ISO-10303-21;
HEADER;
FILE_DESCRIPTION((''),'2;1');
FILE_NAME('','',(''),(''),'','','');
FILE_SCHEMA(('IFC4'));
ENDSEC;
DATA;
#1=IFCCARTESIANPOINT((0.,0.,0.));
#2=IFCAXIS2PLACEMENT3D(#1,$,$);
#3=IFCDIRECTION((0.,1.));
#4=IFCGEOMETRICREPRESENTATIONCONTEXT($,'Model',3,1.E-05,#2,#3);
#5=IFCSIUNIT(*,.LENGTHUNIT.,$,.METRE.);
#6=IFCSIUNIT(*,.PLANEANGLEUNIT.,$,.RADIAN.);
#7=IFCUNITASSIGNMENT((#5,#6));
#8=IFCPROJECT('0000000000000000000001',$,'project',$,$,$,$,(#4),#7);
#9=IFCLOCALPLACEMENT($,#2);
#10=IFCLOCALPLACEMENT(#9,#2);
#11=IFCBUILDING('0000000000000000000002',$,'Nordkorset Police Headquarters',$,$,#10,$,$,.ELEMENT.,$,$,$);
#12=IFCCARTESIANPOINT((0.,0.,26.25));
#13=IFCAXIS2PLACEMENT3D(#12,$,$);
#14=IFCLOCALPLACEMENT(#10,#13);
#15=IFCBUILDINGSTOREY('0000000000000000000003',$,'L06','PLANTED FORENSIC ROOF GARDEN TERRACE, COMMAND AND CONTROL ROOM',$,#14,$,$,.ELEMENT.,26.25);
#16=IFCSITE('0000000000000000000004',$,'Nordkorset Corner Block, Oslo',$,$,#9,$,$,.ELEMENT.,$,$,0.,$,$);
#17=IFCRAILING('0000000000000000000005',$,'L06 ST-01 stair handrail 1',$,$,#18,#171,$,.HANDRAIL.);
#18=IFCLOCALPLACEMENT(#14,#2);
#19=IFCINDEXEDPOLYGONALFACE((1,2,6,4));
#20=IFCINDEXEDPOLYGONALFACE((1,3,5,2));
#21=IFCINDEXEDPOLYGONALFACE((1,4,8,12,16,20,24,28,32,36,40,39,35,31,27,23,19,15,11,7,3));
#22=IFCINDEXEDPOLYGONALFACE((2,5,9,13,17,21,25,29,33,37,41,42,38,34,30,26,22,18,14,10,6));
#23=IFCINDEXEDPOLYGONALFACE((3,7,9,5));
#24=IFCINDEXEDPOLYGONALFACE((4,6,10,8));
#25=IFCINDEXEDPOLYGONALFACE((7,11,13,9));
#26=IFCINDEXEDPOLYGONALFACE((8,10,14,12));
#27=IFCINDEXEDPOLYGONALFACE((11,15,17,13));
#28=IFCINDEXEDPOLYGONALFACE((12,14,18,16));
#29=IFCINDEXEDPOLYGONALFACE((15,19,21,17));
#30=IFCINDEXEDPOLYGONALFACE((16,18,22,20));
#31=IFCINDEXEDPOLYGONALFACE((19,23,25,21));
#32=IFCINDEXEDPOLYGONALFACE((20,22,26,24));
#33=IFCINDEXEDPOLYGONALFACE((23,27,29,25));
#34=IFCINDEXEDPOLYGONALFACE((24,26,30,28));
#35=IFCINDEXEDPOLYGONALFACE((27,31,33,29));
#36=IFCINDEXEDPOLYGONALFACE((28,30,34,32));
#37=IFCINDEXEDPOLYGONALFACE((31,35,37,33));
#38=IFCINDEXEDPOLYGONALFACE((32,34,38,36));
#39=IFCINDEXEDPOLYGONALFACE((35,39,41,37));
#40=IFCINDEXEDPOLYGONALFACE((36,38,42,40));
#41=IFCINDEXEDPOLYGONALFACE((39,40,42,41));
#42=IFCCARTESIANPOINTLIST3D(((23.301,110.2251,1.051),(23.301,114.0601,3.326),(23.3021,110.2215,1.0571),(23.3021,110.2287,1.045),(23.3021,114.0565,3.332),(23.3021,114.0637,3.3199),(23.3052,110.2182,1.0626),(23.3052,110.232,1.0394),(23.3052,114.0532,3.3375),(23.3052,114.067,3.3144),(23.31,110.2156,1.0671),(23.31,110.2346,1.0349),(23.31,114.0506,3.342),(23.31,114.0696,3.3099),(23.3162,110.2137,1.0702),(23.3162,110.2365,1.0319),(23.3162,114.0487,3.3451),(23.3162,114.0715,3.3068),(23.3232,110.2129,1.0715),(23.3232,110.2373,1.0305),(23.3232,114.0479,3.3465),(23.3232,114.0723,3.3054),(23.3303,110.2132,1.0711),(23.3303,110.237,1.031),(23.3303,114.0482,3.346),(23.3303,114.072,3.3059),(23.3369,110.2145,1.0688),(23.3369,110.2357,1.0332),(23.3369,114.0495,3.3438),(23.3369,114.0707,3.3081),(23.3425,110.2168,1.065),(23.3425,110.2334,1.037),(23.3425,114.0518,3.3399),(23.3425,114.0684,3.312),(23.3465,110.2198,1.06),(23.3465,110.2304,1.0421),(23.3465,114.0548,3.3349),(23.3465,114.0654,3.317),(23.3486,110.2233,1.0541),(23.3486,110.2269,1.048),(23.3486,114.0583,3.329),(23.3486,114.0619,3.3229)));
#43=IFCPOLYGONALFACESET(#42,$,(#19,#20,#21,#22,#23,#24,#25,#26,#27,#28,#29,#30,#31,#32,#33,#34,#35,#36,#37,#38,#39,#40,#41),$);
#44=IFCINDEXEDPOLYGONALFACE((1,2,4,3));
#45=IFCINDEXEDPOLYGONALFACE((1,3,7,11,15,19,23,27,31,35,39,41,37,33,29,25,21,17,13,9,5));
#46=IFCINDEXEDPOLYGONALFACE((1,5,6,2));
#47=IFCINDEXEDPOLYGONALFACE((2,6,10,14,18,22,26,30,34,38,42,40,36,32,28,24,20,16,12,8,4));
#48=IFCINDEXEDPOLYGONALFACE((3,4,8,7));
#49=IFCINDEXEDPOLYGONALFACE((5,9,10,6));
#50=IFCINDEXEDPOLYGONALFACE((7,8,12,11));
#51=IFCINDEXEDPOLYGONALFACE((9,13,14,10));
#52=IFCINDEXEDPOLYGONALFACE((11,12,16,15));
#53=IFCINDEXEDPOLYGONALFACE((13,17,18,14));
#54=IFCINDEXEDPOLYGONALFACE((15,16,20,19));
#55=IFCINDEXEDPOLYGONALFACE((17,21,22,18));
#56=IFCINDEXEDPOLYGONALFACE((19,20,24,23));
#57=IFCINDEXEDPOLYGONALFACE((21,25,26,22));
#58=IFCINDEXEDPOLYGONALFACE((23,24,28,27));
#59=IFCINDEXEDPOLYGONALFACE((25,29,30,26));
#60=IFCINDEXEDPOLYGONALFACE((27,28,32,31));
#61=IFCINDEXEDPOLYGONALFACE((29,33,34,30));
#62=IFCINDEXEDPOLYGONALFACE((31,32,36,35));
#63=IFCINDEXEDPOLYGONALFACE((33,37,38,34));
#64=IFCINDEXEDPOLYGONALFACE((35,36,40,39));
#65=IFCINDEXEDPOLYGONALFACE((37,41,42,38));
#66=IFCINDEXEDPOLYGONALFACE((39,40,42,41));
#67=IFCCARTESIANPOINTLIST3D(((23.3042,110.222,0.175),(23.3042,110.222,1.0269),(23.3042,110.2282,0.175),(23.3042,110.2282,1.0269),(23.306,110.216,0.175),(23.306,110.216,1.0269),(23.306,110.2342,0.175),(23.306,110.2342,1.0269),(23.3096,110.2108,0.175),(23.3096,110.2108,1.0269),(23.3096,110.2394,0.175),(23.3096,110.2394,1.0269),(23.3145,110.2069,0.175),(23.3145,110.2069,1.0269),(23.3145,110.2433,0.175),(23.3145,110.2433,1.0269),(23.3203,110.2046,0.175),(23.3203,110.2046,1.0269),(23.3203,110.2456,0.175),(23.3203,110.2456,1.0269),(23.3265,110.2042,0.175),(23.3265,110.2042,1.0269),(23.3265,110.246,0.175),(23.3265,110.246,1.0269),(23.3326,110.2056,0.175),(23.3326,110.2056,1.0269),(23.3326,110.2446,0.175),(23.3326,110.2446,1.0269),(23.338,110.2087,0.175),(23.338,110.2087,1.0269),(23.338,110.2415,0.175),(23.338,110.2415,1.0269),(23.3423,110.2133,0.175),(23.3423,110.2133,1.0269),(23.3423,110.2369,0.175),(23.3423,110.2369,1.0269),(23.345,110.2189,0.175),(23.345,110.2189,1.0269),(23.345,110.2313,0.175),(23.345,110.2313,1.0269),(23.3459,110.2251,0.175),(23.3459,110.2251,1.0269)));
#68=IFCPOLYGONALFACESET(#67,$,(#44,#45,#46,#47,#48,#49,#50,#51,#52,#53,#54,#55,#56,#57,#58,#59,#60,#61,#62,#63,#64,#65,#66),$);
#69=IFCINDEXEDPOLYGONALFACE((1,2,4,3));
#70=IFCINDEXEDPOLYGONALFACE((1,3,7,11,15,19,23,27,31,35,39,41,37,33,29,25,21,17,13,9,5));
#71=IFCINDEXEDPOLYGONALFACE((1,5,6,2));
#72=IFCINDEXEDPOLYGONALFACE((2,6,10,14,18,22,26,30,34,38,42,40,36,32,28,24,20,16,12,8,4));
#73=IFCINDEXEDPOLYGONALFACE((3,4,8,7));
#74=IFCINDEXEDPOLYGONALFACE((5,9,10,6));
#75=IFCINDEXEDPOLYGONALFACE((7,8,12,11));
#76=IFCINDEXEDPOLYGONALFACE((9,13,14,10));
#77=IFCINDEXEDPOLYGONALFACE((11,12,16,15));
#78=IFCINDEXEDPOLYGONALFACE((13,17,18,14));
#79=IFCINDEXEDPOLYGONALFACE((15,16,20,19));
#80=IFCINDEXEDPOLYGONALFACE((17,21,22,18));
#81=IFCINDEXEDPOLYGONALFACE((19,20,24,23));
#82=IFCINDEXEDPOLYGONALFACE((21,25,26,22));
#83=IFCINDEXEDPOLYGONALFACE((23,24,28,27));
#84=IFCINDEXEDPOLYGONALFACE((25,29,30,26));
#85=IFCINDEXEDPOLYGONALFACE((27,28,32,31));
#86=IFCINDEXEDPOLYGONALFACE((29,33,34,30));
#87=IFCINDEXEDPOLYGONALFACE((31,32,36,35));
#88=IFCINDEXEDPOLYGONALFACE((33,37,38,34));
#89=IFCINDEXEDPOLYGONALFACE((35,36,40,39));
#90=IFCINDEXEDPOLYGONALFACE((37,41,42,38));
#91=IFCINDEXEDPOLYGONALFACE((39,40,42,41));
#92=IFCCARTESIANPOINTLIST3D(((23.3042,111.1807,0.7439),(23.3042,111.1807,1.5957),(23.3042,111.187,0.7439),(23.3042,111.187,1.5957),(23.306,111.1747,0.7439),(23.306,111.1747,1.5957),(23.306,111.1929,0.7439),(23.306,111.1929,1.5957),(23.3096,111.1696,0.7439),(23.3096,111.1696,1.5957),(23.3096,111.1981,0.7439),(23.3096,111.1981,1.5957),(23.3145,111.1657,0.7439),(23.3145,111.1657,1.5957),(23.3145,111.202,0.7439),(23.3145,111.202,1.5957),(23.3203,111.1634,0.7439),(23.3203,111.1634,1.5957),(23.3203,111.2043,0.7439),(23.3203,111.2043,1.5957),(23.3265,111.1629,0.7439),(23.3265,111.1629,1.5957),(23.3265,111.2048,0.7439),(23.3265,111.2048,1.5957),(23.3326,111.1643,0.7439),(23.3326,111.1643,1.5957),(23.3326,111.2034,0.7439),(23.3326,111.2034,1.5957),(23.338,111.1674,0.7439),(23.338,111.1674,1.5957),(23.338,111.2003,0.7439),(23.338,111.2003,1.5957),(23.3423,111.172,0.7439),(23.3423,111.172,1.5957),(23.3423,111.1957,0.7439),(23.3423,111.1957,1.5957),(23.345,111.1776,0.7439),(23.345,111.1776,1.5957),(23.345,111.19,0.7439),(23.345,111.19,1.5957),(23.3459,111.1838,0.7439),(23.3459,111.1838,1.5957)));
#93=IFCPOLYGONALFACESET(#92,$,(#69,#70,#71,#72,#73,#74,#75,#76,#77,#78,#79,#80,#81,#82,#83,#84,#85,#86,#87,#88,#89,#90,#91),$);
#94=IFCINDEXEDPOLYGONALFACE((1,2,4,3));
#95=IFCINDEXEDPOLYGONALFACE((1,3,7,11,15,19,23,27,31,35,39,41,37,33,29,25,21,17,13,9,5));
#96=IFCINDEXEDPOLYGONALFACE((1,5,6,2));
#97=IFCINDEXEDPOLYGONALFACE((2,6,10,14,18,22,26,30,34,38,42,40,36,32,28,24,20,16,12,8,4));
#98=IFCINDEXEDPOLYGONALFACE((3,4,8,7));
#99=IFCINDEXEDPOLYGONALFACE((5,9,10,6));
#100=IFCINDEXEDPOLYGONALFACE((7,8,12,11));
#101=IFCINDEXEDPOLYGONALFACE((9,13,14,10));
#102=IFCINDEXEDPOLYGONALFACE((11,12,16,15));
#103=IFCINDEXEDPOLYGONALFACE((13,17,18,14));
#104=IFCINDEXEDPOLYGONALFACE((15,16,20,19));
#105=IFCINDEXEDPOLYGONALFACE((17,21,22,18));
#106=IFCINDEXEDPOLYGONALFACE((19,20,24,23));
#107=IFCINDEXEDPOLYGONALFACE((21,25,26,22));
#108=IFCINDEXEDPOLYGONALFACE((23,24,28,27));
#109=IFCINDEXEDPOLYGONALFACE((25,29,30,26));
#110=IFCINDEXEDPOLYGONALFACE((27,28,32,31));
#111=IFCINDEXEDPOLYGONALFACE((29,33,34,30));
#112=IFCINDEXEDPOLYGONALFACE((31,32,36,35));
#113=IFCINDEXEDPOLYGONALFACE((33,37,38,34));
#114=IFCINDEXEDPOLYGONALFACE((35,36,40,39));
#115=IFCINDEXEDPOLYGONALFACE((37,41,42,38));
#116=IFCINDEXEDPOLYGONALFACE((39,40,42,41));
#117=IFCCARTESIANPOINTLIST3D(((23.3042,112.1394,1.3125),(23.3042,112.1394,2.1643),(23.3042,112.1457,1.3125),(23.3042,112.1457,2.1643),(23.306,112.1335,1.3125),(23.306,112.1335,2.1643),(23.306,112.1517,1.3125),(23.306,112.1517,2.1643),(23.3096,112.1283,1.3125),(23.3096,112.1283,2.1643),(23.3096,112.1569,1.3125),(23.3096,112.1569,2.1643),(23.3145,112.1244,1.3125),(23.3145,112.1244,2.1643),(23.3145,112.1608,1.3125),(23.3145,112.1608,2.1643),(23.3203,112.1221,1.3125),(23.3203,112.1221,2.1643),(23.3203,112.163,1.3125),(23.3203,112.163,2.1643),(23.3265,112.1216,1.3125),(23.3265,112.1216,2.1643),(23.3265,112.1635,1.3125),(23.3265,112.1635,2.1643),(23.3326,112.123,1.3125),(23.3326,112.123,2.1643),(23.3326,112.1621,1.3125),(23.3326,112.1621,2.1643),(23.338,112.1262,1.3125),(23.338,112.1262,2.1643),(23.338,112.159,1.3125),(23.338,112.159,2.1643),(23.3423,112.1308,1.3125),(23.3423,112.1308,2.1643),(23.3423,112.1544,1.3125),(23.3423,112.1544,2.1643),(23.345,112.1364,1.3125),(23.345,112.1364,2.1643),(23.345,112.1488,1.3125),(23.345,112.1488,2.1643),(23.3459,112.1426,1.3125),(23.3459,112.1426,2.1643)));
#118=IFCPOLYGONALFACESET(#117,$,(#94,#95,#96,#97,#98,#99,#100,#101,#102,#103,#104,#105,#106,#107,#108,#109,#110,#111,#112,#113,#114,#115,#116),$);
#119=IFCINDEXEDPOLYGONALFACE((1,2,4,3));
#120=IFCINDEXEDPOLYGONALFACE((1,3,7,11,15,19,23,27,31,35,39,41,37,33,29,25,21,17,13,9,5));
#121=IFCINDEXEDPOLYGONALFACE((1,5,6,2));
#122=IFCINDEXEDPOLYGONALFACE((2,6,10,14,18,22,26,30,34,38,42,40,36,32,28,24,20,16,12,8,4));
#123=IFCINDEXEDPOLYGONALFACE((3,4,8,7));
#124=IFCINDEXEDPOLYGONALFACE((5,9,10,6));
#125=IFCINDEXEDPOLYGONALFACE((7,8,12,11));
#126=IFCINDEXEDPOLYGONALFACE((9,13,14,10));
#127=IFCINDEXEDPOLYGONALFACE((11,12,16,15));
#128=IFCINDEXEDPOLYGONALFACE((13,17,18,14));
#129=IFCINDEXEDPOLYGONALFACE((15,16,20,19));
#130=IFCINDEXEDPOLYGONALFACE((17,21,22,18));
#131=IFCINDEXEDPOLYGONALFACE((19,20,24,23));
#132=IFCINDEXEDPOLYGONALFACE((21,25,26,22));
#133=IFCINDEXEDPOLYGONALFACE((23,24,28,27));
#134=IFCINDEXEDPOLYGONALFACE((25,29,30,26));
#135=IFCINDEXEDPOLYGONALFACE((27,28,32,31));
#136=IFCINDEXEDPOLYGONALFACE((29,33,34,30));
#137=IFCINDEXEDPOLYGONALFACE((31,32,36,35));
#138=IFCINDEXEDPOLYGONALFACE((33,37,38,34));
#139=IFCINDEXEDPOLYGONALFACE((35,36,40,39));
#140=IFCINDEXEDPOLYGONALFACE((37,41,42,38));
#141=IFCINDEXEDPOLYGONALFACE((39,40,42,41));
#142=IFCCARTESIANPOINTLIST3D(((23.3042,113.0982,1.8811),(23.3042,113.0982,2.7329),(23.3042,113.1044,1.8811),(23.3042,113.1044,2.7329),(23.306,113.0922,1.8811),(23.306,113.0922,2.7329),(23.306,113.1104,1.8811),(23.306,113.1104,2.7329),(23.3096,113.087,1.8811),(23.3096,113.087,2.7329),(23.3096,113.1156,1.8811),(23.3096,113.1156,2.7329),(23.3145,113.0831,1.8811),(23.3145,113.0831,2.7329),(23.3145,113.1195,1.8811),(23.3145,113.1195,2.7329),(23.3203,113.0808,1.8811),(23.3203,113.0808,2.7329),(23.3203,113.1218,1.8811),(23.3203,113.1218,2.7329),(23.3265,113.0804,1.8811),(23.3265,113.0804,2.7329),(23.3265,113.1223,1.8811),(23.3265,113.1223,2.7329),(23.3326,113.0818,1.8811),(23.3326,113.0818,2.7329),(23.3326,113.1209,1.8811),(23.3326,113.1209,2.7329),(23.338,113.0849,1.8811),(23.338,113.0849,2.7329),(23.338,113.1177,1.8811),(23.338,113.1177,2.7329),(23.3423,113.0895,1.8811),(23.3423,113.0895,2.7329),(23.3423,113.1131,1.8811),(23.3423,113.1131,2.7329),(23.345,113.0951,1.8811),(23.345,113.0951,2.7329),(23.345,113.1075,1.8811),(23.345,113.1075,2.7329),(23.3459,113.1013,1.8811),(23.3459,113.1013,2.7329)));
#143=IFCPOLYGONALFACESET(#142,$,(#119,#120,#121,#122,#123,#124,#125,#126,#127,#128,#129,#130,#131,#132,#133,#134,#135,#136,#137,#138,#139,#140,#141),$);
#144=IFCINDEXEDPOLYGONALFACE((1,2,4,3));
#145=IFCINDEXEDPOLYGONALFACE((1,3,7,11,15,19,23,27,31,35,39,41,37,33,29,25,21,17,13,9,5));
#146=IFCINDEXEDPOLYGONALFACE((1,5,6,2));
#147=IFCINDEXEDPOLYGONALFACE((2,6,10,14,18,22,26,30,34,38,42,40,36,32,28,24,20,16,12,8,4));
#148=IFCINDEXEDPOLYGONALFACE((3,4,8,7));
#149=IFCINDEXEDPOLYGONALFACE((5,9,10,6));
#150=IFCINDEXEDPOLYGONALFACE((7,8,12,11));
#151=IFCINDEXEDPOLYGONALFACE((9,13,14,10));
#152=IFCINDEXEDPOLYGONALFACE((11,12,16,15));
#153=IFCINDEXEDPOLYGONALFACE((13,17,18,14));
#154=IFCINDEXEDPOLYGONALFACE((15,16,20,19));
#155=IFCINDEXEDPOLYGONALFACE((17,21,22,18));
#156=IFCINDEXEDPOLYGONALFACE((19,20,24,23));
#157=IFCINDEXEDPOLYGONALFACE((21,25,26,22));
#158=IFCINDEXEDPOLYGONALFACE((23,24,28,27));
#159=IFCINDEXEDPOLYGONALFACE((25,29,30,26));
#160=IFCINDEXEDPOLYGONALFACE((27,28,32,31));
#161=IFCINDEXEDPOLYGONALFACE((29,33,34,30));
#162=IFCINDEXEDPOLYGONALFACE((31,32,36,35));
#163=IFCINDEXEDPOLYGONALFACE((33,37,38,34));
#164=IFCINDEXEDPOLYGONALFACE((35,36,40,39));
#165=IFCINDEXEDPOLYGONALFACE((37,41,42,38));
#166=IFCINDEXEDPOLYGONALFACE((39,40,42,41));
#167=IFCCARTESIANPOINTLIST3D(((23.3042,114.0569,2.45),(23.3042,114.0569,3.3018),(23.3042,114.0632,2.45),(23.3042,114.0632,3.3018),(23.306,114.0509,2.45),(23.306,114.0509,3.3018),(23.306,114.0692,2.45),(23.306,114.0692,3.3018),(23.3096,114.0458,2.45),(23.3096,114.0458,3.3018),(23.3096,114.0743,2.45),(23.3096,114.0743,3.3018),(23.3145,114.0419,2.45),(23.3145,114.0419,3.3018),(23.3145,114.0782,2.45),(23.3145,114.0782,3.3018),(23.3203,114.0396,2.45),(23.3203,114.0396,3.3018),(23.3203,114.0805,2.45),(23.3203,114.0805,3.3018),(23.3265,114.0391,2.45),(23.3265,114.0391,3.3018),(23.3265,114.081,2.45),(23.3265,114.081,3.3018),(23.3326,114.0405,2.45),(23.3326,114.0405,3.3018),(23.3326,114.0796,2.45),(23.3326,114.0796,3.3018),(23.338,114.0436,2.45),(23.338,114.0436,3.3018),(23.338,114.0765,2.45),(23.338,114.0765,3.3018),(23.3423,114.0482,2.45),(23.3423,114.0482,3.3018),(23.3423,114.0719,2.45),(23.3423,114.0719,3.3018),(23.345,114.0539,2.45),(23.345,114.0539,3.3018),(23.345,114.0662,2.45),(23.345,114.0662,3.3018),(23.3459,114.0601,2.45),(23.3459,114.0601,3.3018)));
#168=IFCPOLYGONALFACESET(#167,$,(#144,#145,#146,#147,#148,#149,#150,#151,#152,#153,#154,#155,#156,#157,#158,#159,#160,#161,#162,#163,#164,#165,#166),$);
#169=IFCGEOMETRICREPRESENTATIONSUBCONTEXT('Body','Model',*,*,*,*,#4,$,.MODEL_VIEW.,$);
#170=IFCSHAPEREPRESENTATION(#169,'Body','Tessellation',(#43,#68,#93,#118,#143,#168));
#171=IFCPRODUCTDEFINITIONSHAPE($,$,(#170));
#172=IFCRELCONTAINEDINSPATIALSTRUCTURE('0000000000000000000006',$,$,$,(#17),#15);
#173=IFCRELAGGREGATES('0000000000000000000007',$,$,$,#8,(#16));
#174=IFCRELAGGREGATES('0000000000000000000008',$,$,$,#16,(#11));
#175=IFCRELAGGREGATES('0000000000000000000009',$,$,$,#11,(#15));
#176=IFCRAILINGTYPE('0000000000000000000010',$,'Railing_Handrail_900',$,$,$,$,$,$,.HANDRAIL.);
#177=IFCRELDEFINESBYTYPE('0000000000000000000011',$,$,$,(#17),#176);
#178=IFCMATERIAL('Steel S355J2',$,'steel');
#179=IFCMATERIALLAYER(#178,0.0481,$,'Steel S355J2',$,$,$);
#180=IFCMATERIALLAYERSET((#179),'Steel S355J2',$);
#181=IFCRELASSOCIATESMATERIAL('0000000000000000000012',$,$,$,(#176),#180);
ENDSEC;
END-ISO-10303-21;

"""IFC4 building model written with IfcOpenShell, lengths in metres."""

from ifc_helpers import new_model, si_unit, direction, frame, origin, origin_2d, place, context, subcontext, project, spatial, circle, extrude, material, layer, layer_set, type_object, element, save


model = new_model("IFC4")

# Units and contexts
model_context = context("Model", 3, precision=1e-05, world=origin(), true_north=direction((0.0, 1.0)))
body_context = subcontext(model_context, "Body", "Model", "MODEL_VIEW")
ifc_project = project(units=[si_unit("LENGTHUNIT", "METRE"), si_unit("PLANEANGLEUNIT", "RADIAN")], contexts=[model_context])

# Site, building, storey
site_placement = place(None, origin())
site = spatial("IfcSite", under=ifc_project, at=site_placement, Name="Nordkorset Corner Block, Oslo", CompositionType="ELEMENT", RefElevation=0.0)
building_placement = place(site_placement, origin())
building = spatial("IfcBuilding", under=site, at=building_placement, Name="Nordkorset Police Headquarters", CompositionType="ELEMENT")
storey_placement = place(building_placement, frame((0.0, 0.0, 26.25)))
storey = spatial("IfcBuildingStorey", under=building, at=storey_placement, Name="L06", Description="PLANTED FORENSIC ROOF GARDEN TERRACE, COMMAND AND CONTROL ROOM", CompositionType="ELEMENT", Elevation=26.25)

# Railing
ifc_material_1 = material(Name="Steel S355J2", Category="steel")
ifc_layer_1 = layer(ifc_material_1, 0.0481, Name="Steel S355J2")
ifc_layer_set_1 = layer_set([ifc_layer_1], Name="Steel S355J2")
railing_type_1 = type_object("IfcRailingType", Name="Railing_Handrail_900", PredefinedType="HANDRAIL", material=ifc_layer_set_1)
railing_1_placement = place(storey_placement, frame((23.325, 110.2251, 0.175)))
element("IfcRailing", 1, at=railing_1_placement, inside=storey, type_object=railing_type_1, Name="L06 ST-01 stair handrail 1", PredefinedType="HANDRAIL", context=body_context, shape_type="SweptSolid", body=[
    extrude(circle(Radius=0.0239, at=origin_2d()), frame((0.0, 0.0, 0.876), z_axis=(0.0, 0.860062, 0.51019), x_axis=(-1.0, 0.0, 0.0)), (0.0, 0.0, 1.0), 4.459),
    extrude(circle(Radius=0.021, at=origin_2d()), origin(), (0.0, 0.0, 1.0), 0.8518),
    extrude(circle(Radius=0.021, at=origin_2d()), frame((0.0, 0.9587, 0.5688)), (0.0, 0.0, 1.0), 0.8518),
    extrude(circle(Radius=0.021, at=origin_2d()), frame((0.0, 1.9175, 1.1375)), (0.0, 0.0, 1.0), 0.8518),
    extrude(circle(Radius=0.021, at=origin_2d()), frame((0.0, 2.8762, 1.7061)), (0.0, 0.0, 1.0), 0.8518),
    extrude(circle(Radius=0.021, at=origin_2d()), frame((0.0, 3.835, 2.2749)), (0.0, 0.0, 1.0), 0.8518),
])

save(model, "model.ifc")
